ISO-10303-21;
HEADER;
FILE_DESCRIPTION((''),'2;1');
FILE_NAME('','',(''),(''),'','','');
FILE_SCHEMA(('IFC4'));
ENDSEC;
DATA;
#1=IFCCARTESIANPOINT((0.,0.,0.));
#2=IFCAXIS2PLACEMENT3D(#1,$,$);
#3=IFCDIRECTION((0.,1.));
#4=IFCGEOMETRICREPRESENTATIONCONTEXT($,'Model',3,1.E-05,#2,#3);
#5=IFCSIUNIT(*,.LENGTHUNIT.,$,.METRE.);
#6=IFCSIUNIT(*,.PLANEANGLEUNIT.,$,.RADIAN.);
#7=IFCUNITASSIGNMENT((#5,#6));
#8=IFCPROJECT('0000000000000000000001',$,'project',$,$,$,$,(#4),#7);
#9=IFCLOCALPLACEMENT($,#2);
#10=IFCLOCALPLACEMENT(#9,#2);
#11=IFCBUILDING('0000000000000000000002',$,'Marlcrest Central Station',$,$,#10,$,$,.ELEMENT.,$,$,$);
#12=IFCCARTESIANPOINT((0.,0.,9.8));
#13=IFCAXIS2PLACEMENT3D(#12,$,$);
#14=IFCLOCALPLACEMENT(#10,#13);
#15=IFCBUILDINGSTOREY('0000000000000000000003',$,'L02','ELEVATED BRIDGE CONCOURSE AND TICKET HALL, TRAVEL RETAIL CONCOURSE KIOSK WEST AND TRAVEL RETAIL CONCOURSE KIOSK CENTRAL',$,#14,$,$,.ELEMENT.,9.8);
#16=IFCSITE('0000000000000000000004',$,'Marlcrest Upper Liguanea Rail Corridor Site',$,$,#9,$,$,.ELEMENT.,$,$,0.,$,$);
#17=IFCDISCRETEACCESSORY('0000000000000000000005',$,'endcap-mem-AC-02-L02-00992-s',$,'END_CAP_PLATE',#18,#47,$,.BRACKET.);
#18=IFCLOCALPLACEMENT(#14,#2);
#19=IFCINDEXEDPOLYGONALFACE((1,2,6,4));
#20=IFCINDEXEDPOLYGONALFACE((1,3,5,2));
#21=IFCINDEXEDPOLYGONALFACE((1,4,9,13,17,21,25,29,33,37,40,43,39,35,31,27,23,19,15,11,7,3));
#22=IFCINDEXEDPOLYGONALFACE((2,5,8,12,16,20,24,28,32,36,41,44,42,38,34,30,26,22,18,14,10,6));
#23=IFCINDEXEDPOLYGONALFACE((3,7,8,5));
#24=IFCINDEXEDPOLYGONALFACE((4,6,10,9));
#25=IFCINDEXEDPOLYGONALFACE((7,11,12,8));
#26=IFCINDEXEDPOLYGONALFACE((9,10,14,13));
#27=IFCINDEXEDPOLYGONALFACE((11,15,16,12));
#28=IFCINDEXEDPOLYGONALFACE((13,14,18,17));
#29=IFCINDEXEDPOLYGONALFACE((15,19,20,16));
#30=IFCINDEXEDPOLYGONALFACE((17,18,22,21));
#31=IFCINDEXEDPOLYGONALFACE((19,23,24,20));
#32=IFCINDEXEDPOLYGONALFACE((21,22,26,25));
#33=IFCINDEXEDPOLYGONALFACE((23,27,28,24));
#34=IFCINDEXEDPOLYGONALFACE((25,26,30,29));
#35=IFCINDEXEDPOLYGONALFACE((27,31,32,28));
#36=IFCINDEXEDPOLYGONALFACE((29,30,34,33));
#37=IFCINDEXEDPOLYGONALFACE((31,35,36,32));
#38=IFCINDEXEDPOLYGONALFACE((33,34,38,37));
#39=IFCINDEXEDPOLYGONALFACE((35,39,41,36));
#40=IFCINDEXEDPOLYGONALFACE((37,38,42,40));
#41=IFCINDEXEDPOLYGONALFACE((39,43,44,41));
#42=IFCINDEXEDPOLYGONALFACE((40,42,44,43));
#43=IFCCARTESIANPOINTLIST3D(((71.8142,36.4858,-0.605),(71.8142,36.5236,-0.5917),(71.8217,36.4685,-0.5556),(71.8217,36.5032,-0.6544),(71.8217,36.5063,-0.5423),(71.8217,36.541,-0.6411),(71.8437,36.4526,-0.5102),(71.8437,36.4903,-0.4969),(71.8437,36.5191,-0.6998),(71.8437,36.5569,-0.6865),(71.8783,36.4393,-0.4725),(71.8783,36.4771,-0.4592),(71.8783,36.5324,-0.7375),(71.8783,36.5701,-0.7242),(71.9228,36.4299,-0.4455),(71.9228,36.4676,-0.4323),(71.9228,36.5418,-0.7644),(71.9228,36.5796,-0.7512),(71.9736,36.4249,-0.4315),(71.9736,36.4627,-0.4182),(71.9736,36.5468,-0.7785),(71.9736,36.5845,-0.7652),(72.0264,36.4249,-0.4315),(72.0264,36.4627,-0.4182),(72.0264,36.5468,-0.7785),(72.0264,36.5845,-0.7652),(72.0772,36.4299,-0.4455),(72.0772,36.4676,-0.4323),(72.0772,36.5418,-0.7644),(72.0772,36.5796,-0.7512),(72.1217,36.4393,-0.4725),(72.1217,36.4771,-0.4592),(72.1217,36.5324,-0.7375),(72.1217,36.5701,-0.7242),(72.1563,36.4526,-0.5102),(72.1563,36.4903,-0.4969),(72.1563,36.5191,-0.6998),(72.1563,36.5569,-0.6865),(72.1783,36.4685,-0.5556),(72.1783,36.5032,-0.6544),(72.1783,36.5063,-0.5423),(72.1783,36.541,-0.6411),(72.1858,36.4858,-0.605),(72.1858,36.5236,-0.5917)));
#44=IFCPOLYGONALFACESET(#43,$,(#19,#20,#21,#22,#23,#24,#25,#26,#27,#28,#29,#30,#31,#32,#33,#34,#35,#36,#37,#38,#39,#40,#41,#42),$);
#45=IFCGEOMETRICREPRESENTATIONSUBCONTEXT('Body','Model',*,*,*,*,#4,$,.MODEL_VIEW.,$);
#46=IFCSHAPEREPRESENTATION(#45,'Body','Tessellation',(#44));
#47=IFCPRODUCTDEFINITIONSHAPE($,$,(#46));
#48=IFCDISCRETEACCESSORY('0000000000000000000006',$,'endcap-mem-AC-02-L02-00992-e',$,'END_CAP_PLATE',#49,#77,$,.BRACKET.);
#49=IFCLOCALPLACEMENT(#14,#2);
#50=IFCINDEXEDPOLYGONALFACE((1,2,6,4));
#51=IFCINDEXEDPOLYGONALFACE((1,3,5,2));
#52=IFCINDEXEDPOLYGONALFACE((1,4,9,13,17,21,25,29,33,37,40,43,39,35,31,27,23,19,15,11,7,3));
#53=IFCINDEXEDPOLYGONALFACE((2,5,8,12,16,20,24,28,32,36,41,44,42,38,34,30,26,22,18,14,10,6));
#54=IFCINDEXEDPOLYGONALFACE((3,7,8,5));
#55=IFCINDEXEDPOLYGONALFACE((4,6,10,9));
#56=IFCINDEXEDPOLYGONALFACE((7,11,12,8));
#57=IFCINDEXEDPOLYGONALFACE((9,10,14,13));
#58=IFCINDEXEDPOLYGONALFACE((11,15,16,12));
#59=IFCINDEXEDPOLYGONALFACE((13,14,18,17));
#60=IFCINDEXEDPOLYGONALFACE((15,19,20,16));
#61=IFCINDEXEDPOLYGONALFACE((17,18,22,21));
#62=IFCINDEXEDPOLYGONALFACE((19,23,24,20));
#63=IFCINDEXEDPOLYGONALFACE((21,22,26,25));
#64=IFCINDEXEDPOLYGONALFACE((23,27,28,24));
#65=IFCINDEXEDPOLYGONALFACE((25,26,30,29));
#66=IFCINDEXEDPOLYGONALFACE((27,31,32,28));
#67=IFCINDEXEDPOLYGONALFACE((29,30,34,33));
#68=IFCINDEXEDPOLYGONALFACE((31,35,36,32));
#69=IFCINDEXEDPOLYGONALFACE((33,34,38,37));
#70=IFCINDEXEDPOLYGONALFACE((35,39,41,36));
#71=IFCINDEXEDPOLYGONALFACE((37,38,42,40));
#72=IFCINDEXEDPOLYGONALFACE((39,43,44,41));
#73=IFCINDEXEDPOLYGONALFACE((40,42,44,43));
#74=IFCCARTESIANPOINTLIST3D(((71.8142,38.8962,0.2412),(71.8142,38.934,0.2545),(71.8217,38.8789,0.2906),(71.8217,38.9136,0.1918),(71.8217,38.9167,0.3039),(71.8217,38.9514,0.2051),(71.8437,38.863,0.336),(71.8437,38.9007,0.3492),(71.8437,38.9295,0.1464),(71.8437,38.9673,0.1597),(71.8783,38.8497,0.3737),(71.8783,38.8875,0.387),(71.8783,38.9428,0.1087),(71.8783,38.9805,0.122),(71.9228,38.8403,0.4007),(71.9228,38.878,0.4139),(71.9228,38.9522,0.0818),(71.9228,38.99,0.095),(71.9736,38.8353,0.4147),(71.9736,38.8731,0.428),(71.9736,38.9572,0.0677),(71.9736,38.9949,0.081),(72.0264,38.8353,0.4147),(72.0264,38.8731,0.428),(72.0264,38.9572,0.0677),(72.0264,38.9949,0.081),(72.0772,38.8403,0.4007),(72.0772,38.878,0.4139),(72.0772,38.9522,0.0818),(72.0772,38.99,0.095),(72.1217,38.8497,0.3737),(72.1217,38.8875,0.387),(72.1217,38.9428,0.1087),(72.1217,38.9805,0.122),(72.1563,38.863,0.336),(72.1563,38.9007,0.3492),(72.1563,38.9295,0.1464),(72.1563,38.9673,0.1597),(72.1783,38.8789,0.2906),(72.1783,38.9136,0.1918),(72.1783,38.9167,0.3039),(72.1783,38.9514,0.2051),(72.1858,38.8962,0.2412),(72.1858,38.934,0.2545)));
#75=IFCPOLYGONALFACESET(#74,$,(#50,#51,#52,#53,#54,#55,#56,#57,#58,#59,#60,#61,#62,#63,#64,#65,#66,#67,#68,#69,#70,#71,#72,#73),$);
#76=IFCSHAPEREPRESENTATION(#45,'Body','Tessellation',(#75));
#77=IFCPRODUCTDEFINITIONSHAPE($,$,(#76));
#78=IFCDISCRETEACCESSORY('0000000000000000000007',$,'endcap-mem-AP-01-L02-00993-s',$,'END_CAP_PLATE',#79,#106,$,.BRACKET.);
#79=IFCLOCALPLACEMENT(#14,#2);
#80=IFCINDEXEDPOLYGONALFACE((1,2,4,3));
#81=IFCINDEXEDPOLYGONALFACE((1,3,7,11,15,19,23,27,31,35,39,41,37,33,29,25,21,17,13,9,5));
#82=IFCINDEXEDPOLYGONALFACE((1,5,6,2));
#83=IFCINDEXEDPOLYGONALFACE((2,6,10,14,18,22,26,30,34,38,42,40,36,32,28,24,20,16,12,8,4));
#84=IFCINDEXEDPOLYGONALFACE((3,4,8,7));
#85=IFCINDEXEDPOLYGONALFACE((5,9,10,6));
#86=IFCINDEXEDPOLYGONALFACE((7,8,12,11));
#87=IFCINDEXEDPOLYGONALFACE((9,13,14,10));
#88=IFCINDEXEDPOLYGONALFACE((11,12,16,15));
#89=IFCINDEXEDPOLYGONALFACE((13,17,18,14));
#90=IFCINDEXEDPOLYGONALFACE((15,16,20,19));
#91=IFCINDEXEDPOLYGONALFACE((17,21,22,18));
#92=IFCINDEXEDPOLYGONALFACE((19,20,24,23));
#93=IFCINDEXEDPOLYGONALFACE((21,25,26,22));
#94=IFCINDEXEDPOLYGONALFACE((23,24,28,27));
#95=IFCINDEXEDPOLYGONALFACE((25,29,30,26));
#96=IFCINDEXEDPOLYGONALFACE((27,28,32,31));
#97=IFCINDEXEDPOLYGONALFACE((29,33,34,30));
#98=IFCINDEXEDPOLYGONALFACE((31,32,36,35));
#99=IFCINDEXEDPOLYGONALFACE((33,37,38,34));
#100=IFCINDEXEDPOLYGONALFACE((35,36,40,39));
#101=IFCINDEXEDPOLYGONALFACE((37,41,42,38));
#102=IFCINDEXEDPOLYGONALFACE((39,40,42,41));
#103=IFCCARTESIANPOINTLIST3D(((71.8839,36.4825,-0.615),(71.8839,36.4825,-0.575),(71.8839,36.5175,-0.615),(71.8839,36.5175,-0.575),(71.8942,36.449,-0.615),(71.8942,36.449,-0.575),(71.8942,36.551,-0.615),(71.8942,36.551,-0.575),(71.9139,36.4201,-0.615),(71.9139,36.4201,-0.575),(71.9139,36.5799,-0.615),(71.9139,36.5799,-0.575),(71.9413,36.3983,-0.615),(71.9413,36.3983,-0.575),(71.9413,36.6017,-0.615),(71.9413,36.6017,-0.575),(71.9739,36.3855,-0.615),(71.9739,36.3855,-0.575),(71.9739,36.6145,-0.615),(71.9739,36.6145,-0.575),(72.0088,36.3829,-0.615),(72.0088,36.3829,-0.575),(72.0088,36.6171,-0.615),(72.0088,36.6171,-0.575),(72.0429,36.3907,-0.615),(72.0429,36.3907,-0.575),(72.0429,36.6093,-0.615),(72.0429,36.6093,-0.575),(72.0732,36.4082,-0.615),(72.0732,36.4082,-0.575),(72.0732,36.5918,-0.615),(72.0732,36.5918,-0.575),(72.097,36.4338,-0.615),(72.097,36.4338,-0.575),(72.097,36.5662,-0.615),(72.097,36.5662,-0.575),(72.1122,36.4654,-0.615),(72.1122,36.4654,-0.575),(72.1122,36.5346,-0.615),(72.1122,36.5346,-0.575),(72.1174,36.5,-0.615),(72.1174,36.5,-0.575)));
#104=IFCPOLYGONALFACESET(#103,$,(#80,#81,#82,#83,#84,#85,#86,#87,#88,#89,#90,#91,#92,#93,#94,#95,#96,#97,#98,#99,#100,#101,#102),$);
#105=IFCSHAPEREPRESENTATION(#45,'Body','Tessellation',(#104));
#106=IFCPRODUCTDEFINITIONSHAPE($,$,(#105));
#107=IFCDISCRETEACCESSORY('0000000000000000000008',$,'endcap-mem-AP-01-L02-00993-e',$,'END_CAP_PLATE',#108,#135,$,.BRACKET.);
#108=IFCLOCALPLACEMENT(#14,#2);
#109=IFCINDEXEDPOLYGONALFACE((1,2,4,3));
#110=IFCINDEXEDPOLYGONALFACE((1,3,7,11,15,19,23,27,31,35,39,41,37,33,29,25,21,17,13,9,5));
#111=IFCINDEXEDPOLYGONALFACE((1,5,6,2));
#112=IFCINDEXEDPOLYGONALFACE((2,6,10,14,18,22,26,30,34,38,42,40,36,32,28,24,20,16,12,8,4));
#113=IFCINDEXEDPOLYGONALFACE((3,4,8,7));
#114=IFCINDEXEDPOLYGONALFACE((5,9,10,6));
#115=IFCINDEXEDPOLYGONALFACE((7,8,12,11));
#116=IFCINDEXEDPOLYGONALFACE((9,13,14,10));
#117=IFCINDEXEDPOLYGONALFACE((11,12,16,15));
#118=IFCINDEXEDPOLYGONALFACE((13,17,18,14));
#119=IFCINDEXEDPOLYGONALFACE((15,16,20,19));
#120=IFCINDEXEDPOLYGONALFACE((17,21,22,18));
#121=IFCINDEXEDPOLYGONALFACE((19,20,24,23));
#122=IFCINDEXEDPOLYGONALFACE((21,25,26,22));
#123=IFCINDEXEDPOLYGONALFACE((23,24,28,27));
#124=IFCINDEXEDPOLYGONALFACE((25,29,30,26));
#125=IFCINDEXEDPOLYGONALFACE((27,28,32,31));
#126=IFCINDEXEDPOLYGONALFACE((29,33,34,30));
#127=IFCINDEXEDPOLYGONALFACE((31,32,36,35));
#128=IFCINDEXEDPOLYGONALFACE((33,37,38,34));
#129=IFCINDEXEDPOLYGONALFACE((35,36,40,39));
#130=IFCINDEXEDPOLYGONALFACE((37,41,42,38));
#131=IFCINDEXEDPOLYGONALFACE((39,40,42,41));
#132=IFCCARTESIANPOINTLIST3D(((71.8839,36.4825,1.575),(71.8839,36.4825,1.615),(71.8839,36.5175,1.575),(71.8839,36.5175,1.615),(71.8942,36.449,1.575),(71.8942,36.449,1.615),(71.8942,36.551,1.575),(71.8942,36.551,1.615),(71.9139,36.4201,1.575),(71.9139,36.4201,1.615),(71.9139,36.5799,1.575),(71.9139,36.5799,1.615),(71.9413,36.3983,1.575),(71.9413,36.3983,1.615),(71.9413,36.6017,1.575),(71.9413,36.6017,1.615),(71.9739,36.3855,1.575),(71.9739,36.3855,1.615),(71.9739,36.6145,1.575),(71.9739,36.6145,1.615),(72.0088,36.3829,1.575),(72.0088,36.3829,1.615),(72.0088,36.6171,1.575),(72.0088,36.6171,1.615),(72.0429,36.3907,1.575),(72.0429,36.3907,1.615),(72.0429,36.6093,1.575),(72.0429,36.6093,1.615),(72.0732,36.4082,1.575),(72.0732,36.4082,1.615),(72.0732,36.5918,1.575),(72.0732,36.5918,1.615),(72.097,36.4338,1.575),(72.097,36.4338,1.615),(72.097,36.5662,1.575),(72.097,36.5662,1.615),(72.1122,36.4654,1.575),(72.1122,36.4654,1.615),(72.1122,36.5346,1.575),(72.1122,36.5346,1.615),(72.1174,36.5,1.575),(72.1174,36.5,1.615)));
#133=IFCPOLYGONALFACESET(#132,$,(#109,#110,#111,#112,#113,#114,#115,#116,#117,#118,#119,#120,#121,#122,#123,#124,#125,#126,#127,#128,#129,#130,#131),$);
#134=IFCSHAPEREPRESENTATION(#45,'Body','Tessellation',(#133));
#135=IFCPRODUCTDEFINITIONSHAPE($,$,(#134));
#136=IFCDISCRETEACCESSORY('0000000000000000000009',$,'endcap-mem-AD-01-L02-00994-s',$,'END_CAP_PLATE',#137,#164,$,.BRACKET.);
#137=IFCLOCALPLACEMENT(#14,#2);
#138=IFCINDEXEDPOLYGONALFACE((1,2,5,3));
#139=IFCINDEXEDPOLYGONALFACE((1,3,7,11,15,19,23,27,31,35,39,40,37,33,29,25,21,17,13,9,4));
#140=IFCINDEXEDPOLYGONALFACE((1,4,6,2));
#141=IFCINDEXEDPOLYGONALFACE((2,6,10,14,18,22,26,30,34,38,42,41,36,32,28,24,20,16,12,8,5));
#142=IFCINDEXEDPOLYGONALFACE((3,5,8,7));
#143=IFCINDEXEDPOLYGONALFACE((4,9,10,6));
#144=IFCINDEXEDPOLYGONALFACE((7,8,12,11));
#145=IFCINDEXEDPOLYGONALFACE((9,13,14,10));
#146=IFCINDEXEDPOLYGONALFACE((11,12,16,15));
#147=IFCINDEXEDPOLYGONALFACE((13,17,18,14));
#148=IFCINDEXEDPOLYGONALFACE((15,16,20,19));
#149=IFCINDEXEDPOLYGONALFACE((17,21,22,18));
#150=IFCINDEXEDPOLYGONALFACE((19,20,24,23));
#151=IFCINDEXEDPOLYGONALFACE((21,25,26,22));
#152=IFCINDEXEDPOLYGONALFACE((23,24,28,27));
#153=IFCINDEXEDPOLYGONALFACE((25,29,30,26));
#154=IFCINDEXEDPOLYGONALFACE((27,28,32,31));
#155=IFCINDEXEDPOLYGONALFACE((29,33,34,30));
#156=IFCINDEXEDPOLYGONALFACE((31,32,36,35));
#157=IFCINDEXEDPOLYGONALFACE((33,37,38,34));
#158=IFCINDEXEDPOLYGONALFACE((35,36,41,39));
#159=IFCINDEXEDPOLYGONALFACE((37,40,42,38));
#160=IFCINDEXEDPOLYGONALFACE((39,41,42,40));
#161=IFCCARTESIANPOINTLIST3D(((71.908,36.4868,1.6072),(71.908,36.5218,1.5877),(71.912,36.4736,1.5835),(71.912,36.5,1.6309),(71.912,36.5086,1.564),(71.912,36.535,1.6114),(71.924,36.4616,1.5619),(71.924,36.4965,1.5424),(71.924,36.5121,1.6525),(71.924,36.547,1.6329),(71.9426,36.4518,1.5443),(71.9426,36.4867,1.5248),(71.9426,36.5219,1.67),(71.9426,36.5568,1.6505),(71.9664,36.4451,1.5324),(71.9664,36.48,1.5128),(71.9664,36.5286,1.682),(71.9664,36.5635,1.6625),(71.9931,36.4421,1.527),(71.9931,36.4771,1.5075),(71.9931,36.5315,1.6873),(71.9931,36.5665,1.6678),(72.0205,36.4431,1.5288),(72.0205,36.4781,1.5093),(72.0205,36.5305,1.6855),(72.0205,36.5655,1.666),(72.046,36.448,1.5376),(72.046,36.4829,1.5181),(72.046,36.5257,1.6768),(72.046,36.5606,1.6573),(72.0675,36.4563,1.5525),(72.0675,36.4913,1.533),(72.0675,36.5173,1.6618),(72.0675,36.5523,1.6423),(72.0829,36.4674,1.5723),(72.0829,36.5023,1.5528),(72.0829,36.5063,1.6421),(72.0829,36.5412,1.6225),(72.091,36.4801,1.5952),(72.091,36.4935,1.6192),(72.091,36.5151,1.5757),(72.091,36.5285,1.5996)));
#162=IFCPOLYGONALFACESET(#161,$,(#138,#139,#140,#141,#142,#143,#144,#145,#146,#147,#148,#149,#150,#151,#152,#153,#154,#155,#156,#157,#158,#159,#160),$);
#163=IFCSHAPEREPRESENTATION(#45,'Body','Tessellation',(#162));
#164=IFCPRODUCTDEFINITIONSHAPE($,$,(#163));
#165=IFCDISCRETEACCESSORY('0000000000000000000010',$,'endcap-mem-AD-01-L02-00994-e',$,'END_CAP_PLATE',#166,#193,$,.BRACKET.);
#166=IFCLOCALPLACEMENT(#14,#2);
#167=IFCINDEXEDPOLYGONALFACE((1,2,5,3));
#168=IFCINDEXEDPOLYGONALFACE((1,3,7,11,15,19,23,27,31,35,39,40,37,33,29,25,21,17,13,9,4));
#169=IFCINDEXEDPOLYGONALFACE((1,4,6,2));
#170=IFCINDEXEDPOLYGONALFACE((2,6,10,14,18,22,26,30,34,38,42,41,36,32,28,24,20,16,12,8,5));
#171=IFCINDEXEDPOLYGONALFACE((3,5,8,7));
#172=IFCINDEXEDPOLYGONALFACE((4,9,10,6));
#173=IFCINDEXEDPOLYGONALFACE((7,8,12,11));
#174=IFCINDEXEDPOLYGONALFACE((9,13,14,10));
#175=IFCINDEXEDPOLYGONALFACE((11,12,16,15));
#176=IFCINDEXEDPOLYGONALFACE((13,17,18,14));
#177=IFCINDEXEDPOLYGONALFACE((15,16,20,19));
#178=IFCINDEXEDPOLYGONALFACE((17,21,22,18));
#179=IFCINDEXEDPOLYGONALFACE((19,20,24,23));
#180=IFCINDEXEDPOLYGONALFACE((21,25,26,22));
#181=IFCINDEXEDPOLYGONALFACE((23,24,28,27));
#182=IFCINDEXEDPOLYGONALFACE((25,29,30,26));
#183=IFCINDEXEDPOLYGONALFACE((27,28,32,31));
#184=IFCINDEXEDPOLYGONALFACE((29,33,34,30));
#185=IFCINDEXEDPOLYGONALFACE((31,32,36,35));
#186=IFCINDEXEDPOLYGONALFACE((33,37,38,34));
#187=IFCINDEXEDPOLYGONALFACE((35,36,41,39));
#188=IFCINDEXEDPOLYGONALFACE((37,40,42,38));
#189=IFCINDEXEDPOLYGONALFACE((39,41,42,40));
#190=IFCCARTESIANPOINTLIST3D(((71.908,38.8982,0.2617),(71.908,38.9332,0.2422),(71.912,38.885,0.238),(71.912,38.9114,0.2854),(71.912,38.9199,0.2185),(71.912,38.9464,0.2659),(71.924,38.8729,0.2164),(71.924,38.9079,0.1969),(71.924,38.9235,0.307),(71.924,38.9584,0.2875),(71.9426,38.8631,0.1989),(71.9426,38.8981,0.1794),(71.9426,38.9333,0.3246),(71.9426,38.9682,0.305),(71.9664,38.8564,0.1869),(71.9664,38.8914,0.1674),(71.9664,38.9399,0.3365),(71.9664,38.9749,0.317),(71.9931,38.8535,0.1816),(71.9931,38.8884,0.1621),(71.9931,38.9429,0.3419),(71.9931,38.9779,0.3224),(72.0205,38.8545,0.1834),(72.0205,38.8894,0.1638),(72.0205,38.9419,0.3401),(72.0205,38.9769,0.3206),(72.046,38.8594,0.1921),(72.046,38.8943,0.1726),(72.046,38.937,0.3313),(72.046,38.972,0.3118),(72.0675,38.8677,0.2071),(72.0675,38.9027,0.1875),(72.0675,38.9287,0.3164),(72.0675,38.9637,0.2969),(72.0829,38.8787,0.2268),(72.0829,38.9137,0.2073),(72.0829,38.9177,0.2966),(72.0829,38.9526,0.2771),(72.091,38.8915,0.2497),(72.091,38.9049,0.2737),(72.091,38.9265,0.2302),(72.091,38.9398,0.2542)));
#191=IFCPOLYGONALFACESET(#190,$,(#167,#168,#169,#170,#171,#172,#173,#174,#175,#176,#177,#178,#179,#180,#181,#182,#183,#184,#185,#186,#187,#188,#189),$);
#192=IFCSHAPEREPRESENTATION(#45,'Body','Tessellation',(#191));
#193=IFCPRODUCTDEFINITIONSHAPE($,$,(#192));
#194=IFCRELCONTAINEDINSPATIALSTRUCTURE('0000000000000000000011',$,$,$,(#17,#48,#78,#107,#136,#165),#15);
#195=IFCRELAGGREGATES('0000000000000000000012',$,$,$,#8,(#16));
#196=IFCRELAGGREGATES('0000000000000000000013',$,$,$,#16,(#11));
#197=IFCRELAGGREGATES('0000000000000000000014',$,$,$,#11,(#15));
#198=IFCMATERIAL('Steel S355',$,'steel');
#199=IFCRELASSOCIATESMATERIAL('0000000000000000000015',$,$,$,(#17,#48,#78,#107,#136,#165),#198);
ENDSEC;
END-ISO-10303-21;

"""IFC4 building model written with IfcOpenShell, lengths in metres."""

from ifc_helpers import new_model, si_unit, direction, frame, origin, origin_2d, place, context, subcontext, project, spatial, circle, extrude, material, element, save


model = new_model("IFC4")

# Units and contexts
model_context = context("Model", 3, precision=1e-05, world=origin(), true_north=direction((0.0, 1.0)))
body_context = subcontext(model_context, "Body", "Model", "MODEL_VIEW")
ifc_project = project(units=[si_unit("LENGTHUNIT", "METRE"), si_unit("PLANEANGLEUNIT", "RADIAN")], contexts=[model_context])

# Site, building, storey
site_placement = place(None, origin())
site = spatial("IfcSite", under=ifc_project, at=site_placement, Name="Marlcrest Upper Liguanea Rail Corridor Site", CompositionType="ELEMENT", RefElevation=0.0)
building_placement = place(site_placement, origin())
building = spatial("IfcBuilding", under=site, at=building_placement, Name="Marlcrest Central Station", CompositionType="ELEMENT")
storey_placement = place(building_placement, frame((0.0, 0.0, 9.8)))
storey = spatial("IfcBuildingStorey", under=building, at=storey_placement, Name="L02", Description="ELEVATED BRIDGE CONCOURSE AND TICKET HALL, TRAVEL RETAIL CONCOURSE KIOSK WEST AND TRAVEL RETAIL CONCOURSE KIOSK CENTRAL", CompositionType="ELEMENT", Elevation=9.8)

# Shared definitions
ifc_material_1 = material(Name="Steel S355", Category="steel")

# Discrete accessories
for number, where, z_axis, x_axis, name in (
    (1, (72.0, 36.4858, -0.605), (0.0, 0.943537, 0.331266), (-1.0, 0.0, 0.0), "endcap-mem-AC-02-L02-00992-s"),
    (2, (72.0, 38.8962, 0.2412), (0.0, 0.943537, 0.331266), (-1.0, 0.0, 0.0), "endcap-mem-AC-02-L02-00992-e"),
):
    element("IfcDiscreteAccessory", number, at=place(storey_placement, frame(where, z_axis=z_axis, x_axis=x_axis)), inside=storey, material=ifc_material_1, Name=name, ObjectType="END_CAP_PLATE", PredefinedType="BRACKET", context=body_context, shape_type="SweptSolid", body=[
        extrude(circle(Radius=0.1858, at=origin_2d()), origin(), (0.0, 0.0, 1.0), 0.04),
    ])
for number, where, z_axis, x_axis, name in (
    (3, (72.0, 36.5, -0.615), (0.0, 0.0, 1.0), (1.0, 0.0, 0.0), "endcap-mem-AP-01-L02-00993-s"),
    (4, (72.0, 36.5, 1.575), (0.0, 0.0, 1.0), (1.0, 0.0, 0.0), "endcap-mem-AP-01-L02-00993-e"),
):
    element("IfcDiscreteAccessory", number, at=place(storey_placement, frame(where, z_axis=z_axis, x_axis=x_axis)), inside=storey, material=ifc_material_1, Name=name, ObjectType="END_CAP_PLATE", PredefinedType="BRACKET", context=body_context, shape_type="SweptSolid", body=[
        extrude(circle(Radius=0.1174, at=origin_2d()), origin(), (0.0, 0.0, 1.0), 0.04),
    ])
for number, where, z_axis, x_axis, name in (
    (5, (72.0, 36.4868, 1.6072), (0.0, 0.873246, -0.48728), (-1.0, 0.0, 0.0), "endcap-mem-AD-01-L02-00994-s"),
    (6, (72.0, 38.8982, 0.2617), (0.0, 0.873246, -0.48728), (-1.0, 0.0, 0.0), "endcap-mem-AD-01-L02-00994-e"),
):
    element("IfcDiscreteAccessory", number, at=place(storey_placement, frame(where, z_axis=z_axis, x_axis=x_axis)), inside=storey, material=ifc_material_1, Name=name, ObjectType="END_CAP_PLATE", PredefinedType="BRACKET", context=body_context, shape_type="SweptSolid", body=[
        extrude(circle(Radius=0.092, at=origin_2d()), origin(), (0.0, 0.0, 1.0), 0.04),
    ])

save(model, "model.ifc")
